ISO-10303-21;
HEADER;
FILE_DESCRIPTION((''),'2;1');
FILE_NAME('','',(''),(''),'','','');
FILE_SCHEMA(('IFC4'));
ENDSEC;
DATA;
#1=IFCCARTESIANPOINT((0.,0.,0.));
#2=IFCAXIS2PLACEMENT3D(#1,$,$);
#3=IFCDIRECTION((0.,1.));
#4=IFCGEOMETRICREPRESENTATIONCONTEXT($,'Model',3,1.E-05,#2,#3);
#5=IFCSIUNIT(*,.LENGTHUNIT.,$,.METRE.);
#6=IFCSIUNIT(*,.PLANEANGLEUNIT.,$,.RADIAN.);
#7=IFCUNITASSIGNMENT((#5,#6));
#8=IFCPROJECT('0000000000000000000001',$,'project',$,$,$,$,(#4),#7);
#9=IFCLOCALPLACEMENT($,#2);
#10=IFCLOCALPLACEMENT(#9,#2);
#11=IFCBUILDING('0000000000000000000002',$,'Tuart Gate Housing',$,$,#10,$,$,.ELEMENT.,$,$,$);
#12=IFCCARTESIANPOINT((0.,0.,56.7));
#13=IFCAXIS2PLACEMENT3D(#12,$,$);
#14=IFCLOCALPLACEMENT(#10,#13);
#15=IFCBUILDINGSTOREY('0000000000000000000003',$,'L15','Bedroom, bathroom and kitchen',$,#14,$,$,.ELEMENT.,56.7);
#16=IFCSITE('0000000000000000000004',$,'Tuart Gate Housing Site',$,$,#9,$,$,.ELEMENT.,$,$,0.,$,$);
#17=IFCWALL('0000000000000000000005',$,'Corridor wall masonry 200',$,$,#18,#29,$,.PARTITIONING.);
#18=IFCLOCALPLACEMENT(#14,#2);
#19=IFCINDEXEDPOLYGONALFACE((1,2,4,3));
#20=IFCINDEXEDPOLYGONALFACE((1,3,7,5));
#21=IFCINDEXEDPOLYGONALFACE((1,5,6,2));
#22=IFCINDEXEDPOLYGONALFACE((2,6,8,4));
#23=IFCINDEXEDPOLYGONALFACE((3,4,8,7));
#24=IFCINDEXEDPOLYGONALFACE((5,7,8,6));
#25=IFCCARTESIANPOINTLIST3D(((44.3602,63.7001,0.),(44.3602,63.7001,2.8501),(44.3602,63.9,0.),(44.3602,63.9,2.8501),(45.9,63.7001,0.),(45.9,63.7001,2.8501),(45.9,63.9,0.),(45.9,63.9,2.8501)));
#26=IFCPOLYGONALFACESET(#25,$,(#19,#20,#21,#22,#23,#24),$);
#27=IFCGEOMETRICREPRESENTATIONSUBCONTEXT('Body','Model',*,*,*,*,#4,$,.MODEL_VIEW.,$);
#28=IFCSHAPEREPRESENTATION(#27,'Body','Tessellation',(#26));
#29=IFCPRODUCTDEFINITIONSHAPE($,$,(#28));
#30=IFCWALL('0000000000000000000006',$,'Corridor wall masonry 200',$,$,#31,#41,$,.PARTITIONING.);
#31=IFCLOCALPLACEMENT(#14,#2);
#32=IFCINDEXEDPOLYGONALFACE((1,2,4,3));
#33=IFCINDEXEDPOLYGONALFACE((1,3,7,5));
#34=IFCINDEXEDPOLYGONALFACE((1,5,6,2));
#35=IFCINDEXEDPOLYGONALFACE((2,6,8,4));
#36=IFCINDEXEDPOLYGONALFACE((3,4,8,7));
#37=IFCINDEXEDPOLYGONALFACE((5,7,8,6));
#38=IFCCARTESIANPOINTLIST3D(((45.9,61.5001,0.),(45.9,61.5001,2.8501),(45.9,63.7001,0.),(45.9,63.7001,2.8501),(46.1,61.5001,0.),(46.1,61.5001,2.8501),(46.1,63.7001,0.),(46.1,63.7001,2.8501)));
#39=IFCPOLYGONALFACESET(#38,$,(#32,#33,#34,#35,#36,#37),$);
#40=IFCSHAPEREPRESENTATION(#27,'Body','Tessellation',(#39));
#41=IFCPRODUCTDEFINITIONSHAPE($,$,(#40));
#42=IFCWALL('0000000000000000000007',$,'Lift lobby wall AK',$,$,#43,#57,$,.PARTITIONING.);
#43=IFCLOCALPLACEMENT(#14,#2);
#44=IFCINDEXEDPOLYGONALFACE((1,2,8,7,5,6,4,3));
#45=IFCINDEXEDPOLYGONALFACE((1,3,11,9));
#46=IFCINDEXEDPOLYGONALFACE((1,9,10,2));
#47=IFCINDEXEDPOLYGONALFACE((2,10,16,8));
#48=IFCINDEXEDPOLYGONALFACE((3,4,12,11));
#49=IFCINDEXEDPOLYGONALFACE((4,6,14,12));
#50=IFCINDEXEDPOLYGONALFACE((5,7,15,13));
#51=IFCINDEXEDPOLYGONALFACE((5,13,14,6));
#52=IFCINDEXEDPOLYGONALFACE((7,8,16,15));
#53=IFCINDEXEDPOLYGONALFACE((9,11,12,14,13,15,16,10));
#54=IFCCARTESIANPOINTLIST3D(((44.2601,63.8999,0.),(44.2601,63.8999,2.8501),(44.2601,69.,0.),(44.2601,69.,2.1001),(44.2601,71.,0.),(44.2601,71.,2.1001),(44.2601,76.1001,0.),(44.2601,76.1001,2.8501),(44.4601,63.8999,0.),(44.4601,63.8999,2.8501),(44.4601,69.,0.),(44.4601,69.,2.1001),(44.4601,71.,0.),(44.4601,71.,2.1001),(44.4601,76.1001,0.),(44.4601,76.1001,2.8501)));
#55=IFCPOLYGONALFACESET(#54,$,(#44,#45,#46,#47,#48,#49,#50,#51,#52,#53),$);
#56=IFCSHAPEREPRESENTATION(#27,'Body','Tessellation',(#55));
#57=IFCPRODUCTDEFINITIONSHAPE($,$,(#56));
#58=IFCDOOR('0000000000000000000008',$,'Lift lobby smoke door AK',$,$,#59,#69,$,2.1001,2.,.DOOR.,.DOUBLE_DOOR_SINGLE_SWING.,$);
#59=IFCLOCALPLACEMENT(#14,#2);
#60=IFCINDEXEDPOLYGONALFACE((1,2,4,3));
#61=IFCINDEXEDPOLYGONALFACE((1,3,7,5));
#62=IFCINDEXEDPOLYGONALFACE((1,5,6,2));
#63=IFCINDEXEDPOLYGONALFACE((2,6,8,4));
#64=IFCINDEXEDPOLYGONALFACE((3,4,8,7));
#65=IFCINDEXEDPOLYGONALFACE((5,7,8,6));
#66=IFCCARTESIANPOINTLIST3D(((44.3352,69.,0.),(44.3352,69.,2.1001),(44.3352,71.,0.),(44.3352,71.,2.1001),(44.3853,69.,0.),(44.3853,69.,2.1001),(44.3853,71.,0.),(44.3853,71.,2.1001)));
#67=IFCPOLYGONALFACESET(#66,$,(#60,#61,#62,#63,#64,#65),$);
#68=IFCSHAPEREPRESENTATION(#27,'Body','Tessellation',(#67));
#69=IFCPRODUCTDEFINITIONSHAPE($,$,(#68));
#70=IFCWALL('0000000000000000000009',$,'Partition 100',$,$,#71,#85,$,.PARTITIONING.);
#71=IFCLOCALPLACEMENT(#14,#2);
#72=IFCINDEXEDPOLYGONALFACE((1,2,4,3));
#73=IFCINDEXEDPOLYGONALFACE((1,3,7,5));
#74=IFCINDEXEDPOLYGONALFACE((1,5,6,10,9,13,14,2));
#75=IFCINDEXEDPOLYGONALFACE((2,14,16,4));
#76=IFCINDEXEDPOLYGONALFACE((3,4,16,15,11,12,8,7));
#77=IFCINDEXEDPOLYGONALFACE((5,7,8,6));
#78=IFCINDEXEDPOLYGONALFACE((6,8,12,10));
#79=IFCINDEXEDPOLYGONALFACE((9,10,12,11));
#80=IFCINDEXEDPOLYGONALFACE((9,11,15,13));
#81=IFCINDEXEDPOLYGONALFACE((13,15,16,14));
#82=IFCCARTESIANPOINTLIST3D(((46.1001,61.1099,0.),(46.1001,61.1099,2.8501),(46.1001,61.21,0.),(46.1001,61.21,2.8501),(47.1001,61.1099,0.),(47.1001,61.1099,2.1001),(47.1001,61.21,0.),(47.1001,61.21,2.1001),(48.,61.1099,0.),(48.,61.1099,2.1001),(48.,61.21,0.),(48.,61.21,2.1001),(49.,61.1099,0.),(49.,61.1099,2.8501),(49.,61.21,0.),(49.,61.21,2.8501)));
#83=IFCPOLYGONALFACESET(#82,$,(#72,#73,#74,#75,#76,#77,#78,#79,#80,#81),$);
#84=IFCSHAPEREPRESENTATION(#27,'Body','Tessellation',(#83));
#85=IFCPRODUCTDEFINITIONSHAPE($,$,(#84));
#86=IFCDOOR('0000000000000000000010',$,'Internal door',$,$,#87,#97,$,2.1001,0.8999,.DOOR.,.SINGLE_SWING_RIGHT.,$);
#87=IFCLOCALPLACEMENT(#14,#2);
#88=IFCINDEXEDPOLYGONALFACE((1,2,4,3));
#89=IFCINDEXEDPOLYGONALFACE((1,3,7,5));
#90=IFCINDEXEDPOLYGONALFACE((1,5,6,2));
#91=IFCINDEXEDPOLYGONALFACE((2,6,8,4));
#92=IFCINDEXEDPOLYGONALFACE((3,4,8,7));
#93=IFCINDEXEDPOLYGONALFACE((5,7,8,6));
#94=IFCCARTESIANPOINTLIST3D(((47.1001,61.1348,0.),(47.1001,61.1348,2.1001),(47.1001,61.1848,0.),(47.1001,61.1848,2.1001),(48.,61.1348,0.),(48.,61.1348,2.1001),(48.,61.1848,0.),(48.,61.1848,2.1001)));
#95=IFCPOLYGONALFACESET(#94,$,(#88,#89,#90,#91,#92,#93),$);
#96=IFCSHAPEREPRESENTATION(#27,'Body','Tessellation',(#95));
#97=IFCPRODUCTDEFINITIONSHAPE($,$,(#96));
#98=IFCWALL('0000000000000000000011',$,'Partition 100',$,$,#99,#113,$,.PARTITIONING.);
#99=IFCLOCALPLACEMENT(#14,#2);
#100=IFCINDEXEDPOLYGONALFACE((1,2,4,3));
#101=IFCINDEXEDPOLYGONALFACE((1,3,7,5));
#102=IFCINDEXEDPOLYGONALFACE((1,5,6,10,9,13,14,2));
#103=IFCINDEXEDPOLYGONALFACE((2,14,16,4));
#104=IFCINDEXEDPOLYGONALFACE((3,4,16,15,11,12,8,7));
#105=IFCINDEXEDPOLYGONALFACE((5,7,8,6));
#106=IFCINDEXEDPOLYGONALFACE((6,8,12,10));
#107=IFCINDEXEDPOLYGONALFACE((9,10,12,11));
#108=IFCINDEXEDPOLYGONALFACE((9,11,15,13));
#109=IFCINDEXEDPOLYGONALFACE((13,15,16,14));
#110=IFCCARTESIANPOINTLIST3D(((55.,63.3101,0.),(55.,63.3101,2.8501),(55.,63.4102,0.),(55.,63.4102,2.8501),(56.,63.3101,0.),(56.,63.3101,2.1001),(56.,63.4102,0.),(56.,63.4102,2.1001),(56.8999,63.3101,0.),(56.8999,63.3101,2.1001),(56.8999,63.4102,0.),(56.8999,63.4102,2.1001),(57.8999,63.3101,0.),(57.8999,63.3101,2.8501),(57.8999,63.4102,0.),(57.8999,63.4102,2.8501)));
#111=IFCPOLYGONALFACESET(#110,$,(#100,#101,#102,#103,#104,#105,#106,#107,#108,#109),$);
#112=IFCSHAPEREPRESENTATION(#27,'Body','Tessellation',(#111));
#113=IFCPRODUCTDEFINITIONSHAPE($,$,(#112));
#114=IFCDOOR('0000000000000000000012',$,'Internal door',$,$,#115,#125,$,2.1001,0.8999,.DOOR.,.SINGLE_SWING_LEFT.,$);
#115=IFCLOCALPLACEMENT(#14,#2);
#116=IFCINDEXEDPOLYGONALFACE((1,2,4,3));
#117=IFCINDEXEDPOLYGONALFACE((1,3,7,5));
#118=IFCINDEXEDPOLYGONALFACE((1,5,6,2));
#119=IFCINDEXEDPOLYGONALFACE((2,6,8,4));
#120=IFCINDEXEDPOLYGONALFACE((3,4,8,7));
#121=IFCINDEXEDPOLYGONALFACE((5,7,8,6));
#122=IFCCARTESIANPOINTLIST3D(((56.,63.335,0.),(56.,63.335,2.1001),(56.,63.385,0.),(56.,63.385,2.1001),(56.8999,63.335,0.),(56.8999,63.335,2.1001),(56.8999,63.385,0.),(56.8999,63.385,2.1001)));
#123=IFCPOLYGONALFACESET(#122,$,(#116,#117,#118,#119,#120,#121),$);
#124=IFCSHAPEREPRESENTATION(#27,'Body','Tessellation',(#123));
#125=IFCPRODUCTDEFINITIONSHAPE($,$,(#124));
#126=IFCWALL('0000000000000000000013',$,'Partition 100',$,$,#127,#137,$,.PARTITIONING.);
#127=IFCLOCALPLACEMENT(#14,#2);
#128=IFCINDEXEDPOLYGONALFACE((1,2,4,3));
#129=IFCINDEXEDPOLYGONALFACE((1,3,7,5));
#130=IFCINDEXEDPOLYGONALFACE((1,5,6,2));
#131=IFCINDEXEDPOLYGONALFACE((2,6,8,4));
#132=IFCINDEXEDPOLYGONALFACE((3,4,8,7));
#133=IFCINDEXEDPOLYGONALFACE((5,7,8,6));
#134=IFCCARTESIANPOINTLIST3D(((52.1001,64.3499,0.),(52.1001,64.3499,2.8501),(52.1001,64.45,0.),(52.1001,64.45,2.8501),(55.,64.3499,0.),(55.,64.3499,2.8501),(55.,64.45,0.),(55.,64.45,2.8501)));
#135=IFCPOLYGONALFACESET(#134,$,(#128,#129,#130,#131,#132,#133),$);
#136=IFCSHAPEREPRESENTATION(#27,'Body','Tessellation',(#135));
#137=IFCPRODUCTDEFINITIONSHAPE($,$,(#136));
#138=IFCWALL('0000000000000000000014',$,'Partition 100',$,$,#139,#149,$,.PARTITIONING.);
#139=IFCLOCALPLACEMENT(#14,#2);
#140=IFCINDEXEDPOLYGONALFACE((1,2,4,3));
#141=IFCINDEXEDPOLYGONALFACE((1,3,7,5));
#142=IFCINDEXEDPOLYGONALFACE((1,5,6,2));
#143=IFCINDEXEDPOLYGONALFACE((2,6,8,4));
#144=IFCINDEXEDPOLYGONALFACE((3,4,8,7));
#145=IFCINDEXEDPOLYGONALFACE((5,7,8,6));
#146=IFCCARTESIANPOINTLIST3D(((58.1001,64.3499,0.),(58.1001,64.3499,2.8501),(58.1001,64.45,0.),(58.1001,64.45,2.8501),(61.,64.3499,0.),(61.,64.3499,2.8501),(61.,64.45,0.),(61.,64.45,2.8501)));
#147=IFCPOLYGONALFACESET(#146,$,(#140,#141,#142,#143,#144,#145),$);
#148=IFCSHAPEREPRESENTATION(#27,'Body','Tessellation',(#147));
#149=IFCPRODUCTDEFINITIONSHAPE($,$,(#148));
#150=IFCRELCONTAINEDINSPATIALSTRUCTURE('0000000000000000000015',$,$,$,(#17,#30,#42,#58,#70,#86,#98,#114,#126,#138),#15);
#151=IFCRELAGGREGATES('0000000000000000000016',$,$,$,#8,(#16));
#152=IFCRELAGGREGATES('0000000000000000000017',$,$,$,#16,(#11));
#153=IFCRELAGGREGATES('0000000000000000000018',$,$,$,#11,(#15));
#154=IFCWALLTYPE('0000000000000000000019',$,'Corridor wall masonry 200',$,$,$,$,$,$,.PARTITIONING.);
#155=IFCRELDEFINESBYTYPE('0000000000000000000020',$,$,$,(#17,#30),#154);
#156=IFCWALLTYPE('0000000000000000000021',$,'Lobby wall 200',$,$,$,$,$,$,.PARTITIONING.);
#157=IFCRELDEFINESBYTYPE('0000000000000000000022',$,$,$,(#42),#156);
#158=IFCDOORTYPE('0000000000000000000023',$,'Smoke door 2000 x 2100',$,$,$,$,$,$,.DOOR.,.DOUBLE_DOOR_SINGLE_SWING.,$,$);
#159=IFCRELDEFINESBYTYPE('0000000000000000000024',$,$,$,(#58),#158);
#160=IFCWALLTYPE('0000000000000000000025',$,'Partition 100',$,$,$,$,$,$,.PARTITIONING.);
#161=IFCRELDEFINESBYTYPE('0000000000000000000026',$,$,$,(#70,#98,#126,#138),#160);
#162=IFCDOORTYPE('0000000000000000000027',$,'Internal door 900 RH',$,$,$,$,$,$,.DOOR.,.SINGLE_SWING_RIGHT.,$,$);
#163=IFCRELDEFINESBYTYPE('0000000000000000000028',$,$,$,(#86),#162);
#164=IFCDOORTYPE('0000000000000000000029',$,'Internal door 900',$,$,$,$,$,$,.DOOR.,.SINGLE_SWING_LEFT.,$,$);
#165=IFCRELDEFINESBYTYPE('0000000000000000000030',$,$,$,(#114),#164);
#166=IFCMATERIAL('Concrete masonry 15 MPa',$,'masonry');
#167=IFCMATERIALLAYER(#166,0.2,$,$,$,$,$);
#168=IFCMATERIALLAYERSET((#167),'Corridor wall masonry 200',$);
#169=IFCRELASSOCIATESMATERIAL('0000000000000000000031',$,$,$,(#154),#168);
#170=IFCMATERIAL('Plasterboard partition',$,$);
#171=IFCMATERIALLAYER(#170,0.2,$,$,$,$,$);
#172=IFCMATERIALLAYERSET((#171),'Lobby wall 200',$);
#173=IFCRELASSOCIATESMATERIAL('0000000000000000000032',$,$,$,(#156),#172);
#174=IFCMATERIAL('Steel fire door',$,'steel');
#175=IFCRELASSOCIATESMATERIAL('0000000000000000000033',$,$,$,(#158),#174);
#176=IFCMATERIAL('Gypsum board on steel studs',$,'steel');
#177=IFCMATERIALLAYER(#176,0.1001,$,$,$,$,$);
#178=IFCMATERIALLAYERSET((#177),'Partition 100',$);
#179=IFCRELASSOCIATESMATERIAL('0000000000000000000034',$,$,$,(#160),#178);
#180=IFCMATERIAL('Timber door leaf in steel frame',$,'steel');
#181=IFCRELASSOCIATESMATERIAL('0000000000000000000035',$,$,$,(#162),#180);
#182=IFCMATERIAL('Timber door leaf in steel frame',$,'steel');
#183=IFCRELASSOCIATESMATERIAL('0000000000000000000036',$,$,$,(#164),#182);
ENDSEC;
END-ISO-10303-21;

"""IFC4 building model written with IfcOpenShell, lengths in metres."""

from ifc_helpers import new_model, si_unit, direction, frame, frame_2d, origin, place, context, subcontext, project, spatial, rectangle, extrude, material, layer, layer_set, type_object, element, fill, save


model = new_model("IFC4")

# Units and contexts
model_context = context("Model", 3, precision=1e-05, world=origin(), true_north=direction((0.0, 1.0)))
body_context = subcontext(model_context, "Body", "Model", "MODEL_VIEW")
ifc_project = project(units=[si_unit("LENGTHUNIT", "METRE"), si_unit("PLANEANGLEUNIT", "RADIAN")], contexts=[model_context])

# Site, building, storey
site_placement = place(None, origin())
site = spatial("IfcSite", under=ifc_project, at=site_placement, Name="Tuart Gate Housing Site", CompositionType="ELEMENT", RefElevation=0.0)
building_placement = place(site_placement, origin())
building = spatial("IfcBuilding", under=site, at=building_placement, Name="Tuart Gate Housing", CompositionType="ELEMENT")
storey_placement = place(building_placement, frame((0.0, 0.0, 56.7)))
storey = spatial("IfcBuildingStorey", under=building, at=storey_placement, Name="L15", Description="Bedroom, bathroom and kitchen", CompositionType="ELEMENT", Elevation=56.7)

# Walls
ifc_material_1 = material(Name="Concrete masonry 15 MPa", Category="masonry")
ifc_layer_1 = layer(ifc_material_1, 0.2)
ifc_layer_set_1 = layer_set([ifc_layer_1], Name="Corridor wall masonry 200")
wall_type_1 = type_object("IfcWallType", Name="Corridor wall masonry 200", PredefinedType="PARTITIONING", material=ifc_layer_set_1)
wall_1_placement = place(storey_placement, frame((44.3601, 63.8, 0.0), z_axis=(0.0, 0.0, 1.0), x_axis=(1.0, 0.0, 0.0)))
element("IfcWall", 1, at=wall_1_placement, inside=storey, type_object=wall_type_1, Name="Corridor wall masonry 200", PredefinedType="PARTITIONING", context=body_context, shape_type="SweptSolid", body=[
    extrude(rectangle(XDim=1.5398, YDim=0.2, at=frame_2d((0.77, 0.0))), origin(), (0.0, 0.0, 1.0), 2.8501),
])
wall_2_placement = place(storey_placement, frame((46.0, 61.5, 0.0), z_axis=(0.0, 0.0, 1.0), x_axis=(0.0, 1.0, 0.0)))
element("IfcWall", 2, at=wall_2_placement, inside=storey, type_object=wall_type_1, Name="Corridor wall masonry 200", PredefinedType="PARTITIONING", context=body_context, shape_type="SweptSolid", body=[
    extrude(rectangle(XDim=2.2, YDim=0.2, at=frame_2d((1.1001, 0.0))), origin(), (0.0, 0.0, 1.0), 2.8501),
])

# Walls, openings, doors
ifc_material_2 = material(Name="Plasterboard partition")
ifc_layer_2 = layer(ifc_material_2, 0.2)
ifc_layer_set_2 = layer_set([ifc_layer_2], Name="Lobby wall 200")
wall_type_2 = type_object("IfcWallType", Name="Lobby wall 200", PredefinedType="PARTITIONING", material=ifc_layer_set_2)
wall_3_placement = place(storey_placement, frame((44.3601, 63.8999, 0.0), z_axis=(0.0, 0.0, 1.0), x_axis=(0.0, 1.0, 0.0)))
wall_3 = element("IfcWall", 3, at=wall_3_placement, inside=storey, type_object=wall_type_2, Name="Lift lobby wall AK", PredefinedType="PARTITIONING", context=body_context, shape_type="SweptSolid", body=[
    extrude(rectangle(XDim=12.2002, YDim=0.2, at=frame_2d((6.1001, 0.0))), origin(), (0.0, 0.0, 1.0), 2.8501),
])
opening_1_placement = place(wall_3_placement, frame((5.1001, 0.0, 0.0)))
opening_1 = element("IfcOpeningElement", 4, at=opening_1_placement, cuts=wall_3, PredefinedType="OPENING", context=body_context, shape_type="SweptSolid", body=[
    extrude(rectangle(XDim=2.0, YDim=2.1001, at=frame_2d((1.0, 1.05))), frame((0.0, 0.1099, 0.0), z_axis=(0.0, -1.0, 0.0), x_axis=(1.0, 0.0, 0.0)), (0.0, 0.0, 1.0), 0.22),
])
ifc_material_3 = material(Name="Steel fire door", Category="steel")
door_type_1 = type_object("IfcDoorType", Name="Smoke door 2000 x 2100", OperationType="DOUBLE_DOOR_SINGLE_SWING", PredefinedType="DOOR", material=ifc_material_3)
door_1_placement = place(opening_1_placement, origin())
door_1 = element("IfcDoor", 5, at=door_1_placement, inside=storey, type_object=door_type_1, Name="Lift lobby smoke door AK", OperationType="DOUBLE_DOOR_SINGLE_SWING", OverallHeight=2.1001, OverallWidth=2.0, PredefinedType="DOOR", context=body_context, shape_type="SweptSolid", body=[
    extrude(rectangle(XDim=2.0, YDim=2.1001, at=frame_2d((1.0, 1.05))), frame((0.0, 0.0249, 0.0), z_axis=(0.0, -1.0, 0.0), x_axis=(1.0, 0.0, 0.0)), (0.0, 0.0, 1.0), 0.05),
])
fill(opening_1, door_1)
ifc_material_4 = material(Name="Gypsum board on steel studs", Category="steel")
ifc_layer_3 = layer(ifc_material_4, 0.1001)
ifc_layer_set_3 = layer_set([ifc_layer_3], Name="Partition 100")
wall_type_3 = type_object("IfcWallType", Name="Partition 100", PredefinedType="PARTITIONING", material=ifc_layer_set_3)
wall_4_placement = place(storey_placement, frame((46.1001, 61.1599, 0.0), z_axis=(0.0, 0.0, 1.0), x_axis=(1.0, 0.0, 0.0)))
wall_4 = element("IfcWall", 6, at=wall_4_placement, inside=storey, type_object=wall_type_3, Name="Partition 100", PredefinedType="PARTITIONING", context=body_context, shape_type="SweptSolid", body=[
    extrude(rectangle(XDim=2.8999, YDim=0.1001, at=frame_2d((1.45, 0.0))), origin(), (0.0, 0.0, 1.0), 2.8501),
])
opening_2_placement = place(wall_4_placement, frame((1.0, 0.0, 0.0)))
opening_2 = element("IfcOpeningElement", 7, at=opening_2_placement, cuts=wall_4, PredefinedType="OPENING", context=body_context, shape_type="SweptSolid", body=[
    extrude(rectangle(XDim=0.8999, YDim=2.1001, at=frame_2d((0.45, 1.05))), frame((0.0, 0.0601, 0.0), z_axis=(0.0, -1.0, 0.0), x_axis=(1.0, 0.0, 0.0)), (0.0, 0.0, 1.0), 0.1201),
])
ifc_material_5 = material(Name="Timber door leaf in steel frame", Category="steel")
door_type_2 = type_object("IfcDoorType", Name="Internal door 900 RH", OperationType="SINGLE_SWING_RIGHT", PredefinedType="DOOR", material=ifc_material_5)
door_2_placement = place(opening_2_placement, origin())
door_2 = element("IfcDoor", 8, at=door_2_placement, inside=storey, type_object=door_type_2, Name="Internal door", OperationType="SINGLE_SWING_RIGHT", OverallHeight=2.1001, OverallWidth=0.8999, PredefinedType="DOOR", context=body_context, shape_type="SweptSolid", body=[
    extrude(rectangle(XDim=0.8999, YDim=2.1001, at=frame_2d((0.45, 1.05))), frame((0.0, 0.0249, 0.0), z_axis=(0.0, -1.0, 0.0), x_axis=(1.0, 0.0, 0.0)), (0.0, 0.0, 1.0), 0.05),
])
fill(opening_2, door_2)
wall_5_placement = place(storey_placement, frame((55.0, 63.3601, 0.0), z_axis=(0.0, 0.0, 1.0), x_axis=(1.0, 0.0, 0.0)))
wall_5 = element("IfcWall", 9, at=wall_5_placement, inside=storey, type_object=wall_type_3, Name="Partition 100", PredefinedType="PARTITIONING", context=body_context, shape_type="SweptSolid", body=[
    extrude(rectangle(XDim=2.8999, YDim=0.1001, at=frame_2d((1.45, 0.0))), origin(), (0.0, 0.0, 1.0), 2.8501),
])
opening_3_placement = place(wall_5_placement, frame((1.0, 0.0, 0.0)))
opening_3 = element("IfcOpeningElement", 10, at=opening_3_placement, cuts=wall_5, PredefinedType="OPENING", context=body_context, shape_type="SweptSolid", body=[
    extrude(rectangle(XDim=0.8999, YDim=2.1001, at=frame_2d((0.45, 1.05))), frame((0.0, 0.0601, 0.0), z_axis=(0.0, -1.0, 0.0), x_axis=(1.0, 0.0, 0.0)), (0.0, 0.0, 1.0), 0.1201),
])
ifc_material_6 = material(Name="Timber door leaf in steel frame", Category="steel")
door_type_3 = type_object("IfcDoorType", Name="Internal door 900", OperationType="SINGLE_SWING_LEFT", PredefinedType="DOOR", material=ifc_material_6)
door_3_placement = place(opening_3_placement, origin())
door_3 = element("IfcDoor", 11, at=door_3_placement, inside=storey, type_object=door_type_3, Name="Internal door", OperationType="SINGLE_SWING_LEFT", OverallHeight=2.1001, OverallWidth=0.8999, PredefinedType="DOOR", context=body_context, shape_type="SweptSolid", body=[
    extrude(rectangle(XDim=0.8999, YDim=2.1001, at=frame_2d((0.45, 1.05))), frame((0.0, 0.0249, 0.0), z_axis=(0.0, -1.0, 0.0), x_axis=(1.0, 0.0, 0.0)), (0.0, 0.0, 1.0), 0.05),
])
fill(opening_3, door_3)

# Walls
for number, where, z_axis, x_axis, name in (
    (12, (52.1001, 64.3999, 0.0), (0.0, 0.0, 1.0), (1.0, 0.0, 0.0), "Partition 100"),
    (13, (58.1001, 64.3999, 0.0), (0.0, 0.0, 1.0), (1.0, 0.0, 0.0), "Partition 100"),
):
    element("IfcWall", number, at=place(storey_placement, frame(where, z_axis=z_axis, x_axis=x_axis)), inside=storey, type_object=wall_type_3, Name=name, PredefinedType="PARTITIONING", context=body_context, shape_type="SweptSolid", body=[
        extrude(rectangle(XDim=2.8999, YDim=0.1001, at=frame_2d((1.45, 0.0))), origin(), (0.0, 0.0, 1.0), 2.8501),
    ])

save(model, "model.ifc")
